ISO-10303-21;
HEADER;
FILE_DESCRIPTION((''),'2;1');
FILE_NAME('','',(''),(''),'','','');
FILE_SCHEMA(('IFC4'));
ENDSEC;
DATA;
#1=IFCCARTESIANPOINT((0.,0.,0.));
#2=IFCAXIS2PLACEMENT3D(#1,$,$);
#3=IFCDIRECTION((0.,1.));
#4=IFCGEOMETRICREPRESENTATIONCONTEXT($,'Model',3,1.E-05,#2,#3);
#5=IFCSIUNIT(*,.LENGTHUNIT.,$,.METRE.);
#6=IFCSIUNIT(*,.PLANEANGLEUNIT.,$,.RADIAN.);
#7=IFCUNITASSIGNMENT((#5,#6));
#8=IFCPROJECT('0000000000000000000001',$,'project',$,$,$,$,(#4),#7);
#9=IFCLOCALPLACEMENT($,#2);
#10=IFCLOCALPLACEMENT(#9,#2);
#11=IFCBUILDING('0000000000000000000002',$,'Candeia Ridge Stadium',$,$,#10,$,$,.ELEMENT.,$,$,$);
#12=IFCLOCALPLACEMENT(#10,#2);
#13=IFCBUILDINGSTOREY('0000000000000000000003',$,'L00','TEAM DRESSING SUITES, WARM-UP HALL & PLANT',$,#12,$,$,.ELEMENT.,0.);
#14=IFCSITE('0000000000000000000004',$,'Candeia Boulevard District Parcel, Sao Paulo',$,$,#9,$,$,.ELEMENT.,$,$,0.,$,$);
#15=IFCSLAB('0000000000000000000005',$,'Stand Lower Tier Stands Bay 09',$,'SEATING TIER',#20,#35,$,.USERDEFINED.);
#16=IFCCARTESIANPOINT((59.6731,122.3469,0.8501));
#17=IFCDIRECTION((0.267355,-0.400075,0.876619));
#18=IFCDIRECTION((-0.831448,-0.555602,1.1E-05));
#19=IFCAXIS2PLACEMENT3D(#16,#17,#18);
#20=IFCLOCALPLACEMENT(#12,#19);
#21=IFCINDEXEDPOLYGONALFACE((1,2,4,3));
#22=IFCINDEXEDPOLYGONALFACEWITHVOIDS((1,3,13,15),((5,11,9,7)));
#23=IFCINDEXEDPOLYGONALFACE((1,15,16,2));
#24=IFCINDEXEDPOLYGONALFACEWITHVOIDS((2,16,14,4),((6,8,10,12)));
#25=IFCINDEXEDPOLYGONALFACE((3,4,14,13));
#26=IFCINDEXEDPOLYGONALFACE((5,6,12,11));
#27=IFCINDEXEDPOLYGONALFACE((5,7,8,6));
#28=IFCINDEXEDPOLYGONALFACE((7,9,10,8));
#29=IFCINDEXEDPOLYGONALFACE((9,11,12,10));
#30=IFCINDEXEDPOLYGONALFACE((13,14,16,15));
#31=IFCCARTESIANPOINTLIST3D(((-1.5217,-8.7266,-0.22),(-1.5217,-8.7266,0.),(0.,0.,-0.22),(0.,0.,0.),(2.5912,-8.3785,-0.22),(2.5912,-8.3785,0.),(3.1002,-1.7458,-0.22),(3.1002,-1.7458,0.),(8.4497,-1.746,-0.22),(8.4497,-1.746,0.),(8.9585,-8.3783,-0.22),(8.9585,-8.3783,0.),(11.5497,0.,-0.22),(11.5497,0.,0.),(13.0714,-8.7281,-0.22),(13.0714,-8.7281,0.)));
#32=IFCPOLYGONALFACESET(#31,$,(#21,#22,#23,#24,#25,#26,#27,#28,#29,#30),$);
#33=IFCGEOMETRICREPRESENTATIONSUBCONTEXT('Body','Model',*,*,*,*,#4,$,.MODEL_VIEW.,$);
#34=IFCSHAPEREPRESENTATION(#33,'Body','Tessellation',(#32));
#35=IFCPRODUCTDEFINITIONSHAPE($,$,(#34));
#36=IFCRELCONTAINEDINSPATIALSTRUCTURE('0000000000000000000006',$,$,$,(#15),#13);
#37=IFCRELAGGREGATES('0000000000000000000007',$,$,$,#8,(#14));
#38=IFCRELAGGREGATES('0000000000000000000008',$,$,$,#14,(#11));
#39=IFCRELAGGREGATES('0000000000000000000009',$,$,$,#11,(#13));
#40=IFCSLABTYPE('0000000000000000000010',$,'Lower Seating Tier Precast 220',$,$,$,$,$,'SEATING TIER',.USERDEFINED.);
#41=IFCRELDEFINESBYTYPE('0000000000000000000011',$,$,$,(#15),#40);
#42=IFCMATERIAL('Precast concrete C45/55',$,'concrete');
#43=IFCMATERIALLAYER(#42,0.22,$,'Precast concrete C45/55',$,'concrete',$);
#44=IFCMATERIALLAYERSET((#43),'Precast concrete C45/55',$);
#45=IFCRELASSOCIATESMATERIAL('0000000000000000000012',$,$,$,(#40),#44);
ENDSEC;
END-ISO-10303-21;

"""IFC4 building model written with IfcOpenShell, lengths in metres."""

from ifc_helpers import new_model, si_unit, direction, frame, origin, place, context, subcontext, project, spatial, polyline, outline, extrude, material, layer, layer_set, type_object, element, save


model = new_model("IFC4")

# Units and contexts
model_context = context("Model", 3, precision=1e-05, world=origin(), true_north=direction((0.0, 1.0)))
body_context = subcontext(model_context, "Body", "Model", "MODEL_VIEW")
ifc_project = project(units=[si_unit("LENGTHUNIT", "METRE"), si_unit("PLANEANGLEUNIT", "RADIAN")], contexts=[model_context])

# Site, building, storey
site_placement = place(None, origin())
site = spatial("IfcSite", under=ifc_project, at=site_placement, Name="Candeia Boulevard District Parcel, Sao Paulo", CompositionType="ELEMENT", RefElevation=0.0)
building_placement = place(site_placement, origin())
building = spatial("IfcBuilding", under=site, at=building_placement, Name="Candeia Ridge Stadium", CompositionType="ELEMENT")
storey_placement = place(building_placement, origin())
storey = spatial("IfcBuildingStorey", under=building, at=storey_placement, Name="L00", Description="TEAM DRESSING SUITES, WARM-UP HALL & PLANT", CompositionType="ELEMENT", Elevation=0.0)

# Slab
ifc_material_1 = material(Name="Precast concrete C45/55", Category="concrete")
ifc_layer_1 = layer(ifc_material_1, 0.22, Name="Precast concrete C45/55", Category="concrete")
ifc_layer_set_1 = layer_set([ifc_layer_1], Name="Precast concrete C45/55")
slab_type = type_object("IfcSlabType", Name="Lower Seating Tier Precast 220", ElementType="SEATING TIER", PredefinedType="USERDEFINED", material=ifc_layer_set_1)
slab_placement = place(storey_placement, frame((59.6731, 122.3469, 0.8501), z_axis=(0.267355, -0.400075, 0.876619), x_axis=(-0.831448, -0.555602, 0.000011)))
element("IfcSlab", 1, at=slab_placement, inside=storey, type_object=slab_type, Name="Stand Lower Tier Stands Bay 09", ObjectType="SEATING TIER", PredefinedType="USERDEFINED", context=body_context, shape_type="SweptSolid", body=[
    extrude(outline(polyline([(0.0, 0.0), (11.5497, 0.0), (13.0714, -8.7281), (-1.5217, -8.7266), (0.0, 0.0)]), holes=[polyline([(3.1002, -1.7458), (8.4497, -1.746), (8.9585, -8.3783), (2.5912, -8.3785), (3.1002, -1.7458)])]), origin(), (0.0, 0.0, -1.0), 0.22),
])

save(model, "model.ifc")
